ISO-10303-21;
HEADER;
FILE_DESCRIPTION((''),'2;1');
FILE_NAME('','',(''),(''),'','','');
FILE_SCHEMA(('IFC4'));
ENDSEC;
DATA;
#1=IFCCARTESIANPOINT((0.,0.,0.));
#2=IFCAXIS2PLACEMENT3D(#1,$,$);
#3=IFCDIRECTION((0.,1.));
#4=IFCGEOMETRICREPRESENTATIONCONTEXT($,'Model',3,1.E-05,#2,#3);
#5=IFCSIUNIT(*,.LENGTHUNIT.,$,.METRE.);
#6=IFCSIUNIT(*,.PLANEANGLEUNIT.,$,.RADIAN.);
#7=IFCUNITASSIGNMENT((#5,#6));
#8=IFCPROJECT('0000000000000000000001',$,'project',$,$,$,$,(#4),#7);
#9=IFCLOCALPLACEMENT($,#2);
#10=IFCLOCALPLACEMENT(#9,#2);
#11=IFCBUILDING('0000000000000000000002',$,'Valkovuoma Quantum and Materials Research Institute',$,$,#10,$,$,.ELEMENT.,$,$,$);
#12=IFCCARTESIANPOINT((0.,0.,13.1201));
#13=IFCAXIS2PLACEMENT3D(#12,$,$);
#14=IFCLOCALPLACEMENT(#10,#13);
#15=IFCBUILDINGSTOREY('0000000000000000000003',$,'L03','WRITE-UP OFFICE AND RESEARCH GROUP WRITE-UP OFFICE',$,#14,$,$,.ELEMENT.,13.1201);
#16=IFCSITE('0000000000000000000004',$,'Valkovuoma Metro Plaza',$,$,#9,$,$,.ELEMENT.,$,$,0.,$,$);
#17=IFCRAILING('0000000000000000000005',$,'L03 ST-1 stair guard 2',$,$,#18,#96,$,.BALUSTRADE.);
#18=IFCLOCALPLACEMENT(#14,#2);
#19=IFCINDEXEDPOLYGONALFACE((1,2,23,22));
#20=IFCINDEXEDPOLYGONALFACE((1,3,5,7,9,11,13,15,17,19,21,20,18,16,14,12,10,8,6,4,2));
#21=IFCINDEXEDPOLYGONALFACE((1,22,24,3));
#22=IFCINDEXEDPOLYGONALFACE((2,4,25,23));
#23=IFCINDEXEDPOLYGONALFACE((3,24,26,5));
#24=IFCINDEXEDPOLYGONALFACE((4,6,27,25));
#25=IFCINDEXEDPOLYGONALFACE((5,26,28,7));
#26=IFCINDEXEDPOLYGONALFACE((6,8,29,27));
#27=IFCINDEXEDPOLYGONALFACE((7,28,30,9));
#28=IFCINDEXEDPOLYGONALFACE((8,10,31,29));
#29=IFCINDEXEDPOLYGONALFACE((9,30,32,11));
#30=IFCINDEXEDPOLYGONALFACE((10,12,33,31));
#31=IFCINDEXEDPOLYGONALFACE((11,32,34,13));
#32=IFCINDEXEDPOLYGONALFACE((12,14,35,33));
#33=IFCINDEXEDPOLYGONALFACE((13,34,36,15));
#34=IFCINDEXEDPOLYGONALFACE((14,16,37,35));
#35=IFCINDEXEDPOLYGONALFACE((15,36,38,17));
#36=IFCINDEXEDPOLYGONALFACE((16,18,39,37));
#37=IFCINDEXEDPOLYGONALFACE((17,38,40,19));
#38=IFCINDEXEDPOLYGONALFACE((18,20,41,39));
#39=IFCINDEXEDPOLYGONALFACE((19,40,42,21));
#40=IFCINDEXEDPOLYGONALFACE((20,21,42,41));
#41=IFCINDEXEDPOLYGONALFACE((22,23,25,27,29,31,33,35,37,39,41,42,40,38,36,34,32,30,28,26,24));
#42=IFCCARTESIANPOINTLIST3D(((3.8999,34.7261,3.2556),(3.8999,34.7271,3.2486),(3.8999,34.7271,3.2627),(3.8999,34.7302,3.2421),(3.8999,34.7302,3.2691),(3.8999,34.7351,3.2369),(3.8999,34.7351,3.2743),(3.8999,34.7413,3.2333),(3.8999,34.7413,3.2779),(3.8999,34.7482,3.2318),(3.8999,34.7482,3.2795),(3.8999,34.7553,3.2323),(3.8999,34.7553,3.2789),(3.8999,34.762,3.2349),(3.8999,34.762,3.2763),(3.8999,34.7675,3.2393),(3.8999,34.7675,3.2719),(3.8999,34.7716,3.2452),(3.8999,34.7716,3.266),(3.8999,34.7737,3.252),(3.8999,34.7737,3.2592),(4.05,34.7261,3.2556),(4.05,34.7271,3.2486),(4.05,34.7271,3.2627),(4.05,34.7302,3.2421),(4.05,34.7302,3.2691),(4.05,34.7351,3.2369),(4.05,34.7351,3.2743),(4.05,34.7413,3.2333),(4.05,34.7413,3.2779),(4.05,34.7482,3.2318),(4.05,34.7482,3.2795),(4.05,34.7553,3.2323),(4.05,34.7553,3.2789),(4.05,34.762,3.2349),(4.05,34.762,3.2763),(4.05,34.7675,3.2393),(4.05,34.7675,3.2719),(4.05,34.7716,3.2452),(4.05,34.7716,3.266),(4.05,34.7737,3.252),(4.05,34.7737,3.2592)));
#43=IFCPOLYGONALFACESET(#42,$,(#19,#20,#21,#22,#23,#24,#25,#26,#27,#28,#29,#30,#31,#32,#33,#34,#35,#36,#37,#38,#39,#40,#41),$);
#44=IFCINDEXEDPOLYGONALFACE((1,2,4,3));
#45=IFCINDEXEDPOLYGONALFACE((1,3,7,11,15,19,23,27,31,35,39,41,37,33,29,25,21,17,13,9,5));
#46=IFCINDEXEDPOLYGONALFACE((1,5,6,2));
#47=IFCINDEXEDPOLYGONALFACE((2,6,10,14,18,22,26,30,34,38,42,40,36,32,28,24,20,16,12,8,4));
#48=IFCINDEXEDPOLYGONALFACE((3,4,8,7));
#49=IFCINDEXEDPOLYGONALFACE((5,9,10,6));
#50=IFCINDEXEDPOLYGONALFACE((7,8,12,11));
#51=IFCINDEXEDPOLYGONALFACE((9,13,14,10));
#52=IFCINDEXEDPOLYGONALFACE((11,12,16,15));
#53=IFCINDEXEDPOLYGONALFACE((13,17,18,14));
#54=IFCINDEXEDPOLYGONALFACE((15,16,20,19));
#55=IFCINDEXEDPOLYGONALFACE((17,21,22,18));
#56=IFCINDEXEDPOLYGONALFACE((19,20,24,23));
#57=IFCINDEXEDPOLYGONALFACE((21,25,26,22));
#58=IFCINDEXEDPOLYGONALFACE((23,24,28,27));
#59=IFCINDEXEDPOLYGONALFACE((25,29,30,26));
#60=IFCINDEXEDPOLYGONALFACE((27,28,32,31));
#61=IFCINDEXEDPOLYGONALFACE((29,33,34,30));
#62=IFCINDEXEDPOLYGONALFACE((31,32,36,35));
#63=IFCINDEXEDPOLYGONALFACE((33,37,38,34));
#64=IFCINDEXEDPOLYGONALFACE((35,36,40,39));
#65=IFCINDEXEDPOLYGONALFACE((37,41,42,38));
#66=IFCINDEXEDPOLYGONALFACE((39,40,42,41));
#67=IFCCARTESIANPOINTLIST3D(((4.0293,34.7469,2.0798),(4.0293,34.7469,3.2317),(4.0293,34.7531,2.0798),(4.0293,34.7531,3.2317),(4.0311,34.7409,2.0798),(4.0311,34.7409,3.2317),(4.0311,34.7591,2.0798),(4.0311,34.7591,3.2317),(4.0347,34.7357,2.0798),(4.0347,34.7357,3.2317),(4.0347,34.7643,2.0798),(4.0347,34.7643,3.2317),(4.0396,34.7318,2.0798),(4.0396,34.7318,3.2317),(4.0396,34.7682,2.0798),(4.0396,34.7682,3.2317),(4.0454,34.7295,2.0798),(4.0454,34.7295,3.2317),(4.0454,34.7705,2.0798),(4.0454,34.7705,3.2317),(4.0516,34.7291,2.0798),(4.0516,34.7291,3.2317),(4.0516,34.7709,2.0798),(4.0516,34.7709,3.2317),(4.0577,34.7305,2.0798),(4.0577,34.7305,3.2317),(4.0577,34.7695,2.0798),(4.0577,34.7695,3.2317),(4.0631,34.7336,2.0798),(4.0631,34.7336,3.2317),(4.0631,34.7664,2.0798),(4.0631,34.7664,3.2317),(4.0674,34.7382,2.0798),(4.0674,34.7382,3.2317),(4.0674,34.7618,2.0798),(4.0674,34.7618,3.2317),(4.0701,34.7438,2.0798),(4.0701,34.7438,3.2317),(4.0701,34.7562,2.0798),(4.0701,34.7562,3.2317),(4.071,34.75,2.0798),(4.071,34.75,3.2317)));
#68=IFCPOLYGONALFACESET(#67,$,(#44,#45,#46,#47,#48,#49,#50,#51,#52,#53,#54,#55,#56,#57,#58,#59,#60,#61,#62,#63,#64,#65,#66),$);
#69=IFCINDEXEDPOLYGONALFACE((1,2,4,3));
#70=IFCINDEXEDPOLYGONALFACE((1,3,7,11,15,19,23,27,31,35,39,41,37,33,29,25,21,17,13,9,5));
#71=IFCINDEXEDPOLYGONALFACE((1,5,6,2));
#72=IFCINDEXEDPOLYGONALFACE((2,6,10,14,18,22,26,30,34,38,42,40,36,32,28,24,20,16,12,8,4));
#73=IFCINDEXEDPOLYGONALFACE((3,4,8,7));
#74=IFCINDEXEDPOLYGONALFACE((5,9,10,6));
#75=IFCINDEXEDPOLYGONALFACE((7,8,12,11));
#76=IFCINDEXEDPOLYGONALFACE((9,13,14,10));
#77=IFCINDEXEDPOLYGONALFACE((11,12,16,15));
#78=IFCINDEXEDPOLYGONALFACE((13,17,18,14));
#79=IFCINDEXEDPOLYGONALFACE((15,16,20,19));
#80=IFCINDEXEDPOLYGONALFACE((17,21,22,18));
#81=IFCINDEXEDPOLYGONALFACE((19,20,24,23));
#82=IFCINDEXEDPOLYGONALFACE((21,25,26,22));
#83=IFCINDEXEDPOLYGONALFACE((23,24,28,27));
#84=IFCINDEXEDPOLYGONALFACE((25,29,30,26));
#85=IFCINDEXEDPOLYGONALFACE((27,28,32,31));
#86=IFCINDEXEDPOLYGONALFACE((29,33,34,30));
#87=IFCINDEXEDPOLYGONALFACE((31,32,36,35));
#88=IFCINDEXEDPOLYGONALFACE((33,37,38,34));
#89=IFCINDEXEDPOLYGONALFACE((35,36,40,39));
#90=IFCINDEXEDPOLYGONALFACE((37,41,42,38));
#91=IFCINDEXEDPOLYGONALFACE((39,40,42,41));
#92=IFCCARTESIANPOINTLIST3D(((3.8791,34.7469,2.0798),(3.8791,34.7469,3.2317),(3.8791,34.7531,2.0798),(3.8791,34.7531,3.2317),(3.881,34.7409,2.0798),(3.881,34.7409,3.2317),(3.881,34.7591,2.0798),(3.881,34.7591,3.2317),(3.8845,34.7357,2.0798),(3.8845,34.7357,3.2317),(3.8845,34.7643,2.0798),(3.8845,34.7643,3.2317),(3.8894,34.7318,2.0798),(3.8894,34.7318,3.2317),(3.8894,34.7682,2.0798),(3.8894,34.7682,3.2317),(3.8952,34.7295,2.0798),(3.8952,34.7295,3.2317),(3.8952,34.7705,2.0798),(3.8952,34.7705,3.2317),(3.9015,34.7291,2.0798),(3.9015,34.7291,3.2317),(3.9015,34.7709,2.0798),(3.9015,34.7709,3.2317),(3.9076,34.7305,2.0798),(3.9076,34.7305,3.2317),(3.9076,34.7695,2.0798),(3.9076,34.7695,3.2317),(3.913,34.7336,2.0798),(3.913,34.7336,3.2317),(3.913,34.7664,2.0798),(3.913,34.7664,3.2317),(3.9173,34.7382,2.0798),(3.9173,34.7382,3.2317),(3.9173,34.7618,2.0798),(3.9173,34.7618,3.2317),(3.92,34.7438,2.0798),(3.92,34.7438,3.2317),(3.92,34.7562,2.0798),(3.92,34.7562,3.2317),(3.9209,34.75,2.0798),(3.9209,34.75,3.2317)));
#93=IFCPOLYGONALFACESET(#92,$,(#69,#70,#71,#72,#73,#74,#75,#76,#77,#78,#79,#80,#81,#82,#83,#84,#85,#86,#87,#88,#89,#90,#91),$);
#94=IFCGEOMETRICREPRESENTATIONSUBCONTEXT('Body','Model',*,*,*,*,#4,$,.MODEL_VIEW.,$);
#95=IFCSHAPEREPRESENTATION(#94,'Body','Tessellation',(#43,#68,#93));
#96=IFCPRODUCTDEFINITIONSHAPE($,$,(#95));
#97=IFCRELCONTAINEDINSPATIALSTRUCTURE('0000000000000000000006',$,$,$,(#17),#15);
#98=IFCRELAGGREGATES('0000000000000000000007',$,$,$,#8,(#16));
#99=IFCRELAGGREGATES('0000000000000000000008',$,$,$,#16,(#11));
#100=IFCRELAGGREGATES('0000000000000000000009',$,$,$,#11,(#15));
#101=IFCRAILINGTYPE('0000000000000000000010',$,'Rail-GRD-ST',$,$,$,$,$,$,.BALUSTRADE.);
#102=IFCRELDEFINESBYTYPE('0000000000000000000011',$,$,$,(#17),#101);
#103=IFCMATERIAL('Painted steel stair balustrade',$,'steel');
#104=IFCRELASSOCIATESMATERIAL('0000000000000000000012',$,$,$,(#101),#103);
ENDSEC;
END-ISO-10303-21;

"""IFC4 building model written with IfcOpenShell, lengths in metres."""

from ifc_helpers import new_model, si_unit, direction, frame, origin, origin_2d, place, context, subcontext, project, spatial, circle, extrude, material, type_object, element, save


model = new_model("IFC4")

# Units and contexts
model_context = context("Model", 3, precision=1e-05, world=origin(), true_north=direction((0.0, 1.0)))
body_context = subcontext(model_context, "Body", "Model", "MODEL_VIEW")
ifc_project = project(units=[si_unit("LENGTHUNIT", "METRE"), si_unit("PLANEANGLEUNIT", "RADIAN")], contexts=[model_context])

# Site, building, storey
site_placement = place(None, origin())
site = spatial("IfcSite", under=ifc_project, at=site_placement, Name="Valkovuoma Metro Plaza", CompositionType="ELEMENT", RefElevation=0.0)
building_placement = place(site_placement, origin())
building = spatial("IfcBuilding", under=site, at=building_placement, Name="Valkovuoma Quantum and Materials Research Institute", CompositionType="ELEMENT")
storey_placement = place(building_placement, frame((0.0, 0.0, 13.1201)))
storey = spatial("IfcBuildingStorey", under=building, at=storey_placement, Name="L03", Description="WRITE-UP OFFICE AND RESEARCH GROUP WRITE-UP OFFICE", CompositionType="ELEMENT", Elevation=13.1201)

# Railing
ifc_material_1 = material(Name="Painted steel stair balustrade", Category="steel")
railing_type_1 = type_object("IfcRailingType", Name="Rail-GRD-ST", PredefinedType="BALUSTRADE", material=ifc_material_1)
railing_1_placement = place(storey_placement, frame((4.05, 34.75, 2.0798)))
element("IfcRailing", 1, at=railing_1_placement, inside=storey, type_object=railing_type_1, Name="L03 ST-1 stair guard 2", PredefinedType="BALUSTRADE", context=body_context, shape_type="SweptSolid", body=[
    extrude(circle(Radius=0.0239, at=origin_2d()), frame((0.0, 0.0, 1.1758), z_axis=(-1.0, 0.0, 0.0), x_axis=(0.0, -1.0, 0.0)), (0.0, 0.0, 1.0), 0.1501),
    extrude(circle(Radius=0.021, at=origin_2d()), origin(), (0.0, 0.0, 1.0), 1.1519),
    extrude(circle(Radius=0.021, at=origin_2d()), frame((-0.1501, 0.0, 0.0)), (0.0, 0.0, 1.0), 1.1519),
])

save(model, "model.ifc")
